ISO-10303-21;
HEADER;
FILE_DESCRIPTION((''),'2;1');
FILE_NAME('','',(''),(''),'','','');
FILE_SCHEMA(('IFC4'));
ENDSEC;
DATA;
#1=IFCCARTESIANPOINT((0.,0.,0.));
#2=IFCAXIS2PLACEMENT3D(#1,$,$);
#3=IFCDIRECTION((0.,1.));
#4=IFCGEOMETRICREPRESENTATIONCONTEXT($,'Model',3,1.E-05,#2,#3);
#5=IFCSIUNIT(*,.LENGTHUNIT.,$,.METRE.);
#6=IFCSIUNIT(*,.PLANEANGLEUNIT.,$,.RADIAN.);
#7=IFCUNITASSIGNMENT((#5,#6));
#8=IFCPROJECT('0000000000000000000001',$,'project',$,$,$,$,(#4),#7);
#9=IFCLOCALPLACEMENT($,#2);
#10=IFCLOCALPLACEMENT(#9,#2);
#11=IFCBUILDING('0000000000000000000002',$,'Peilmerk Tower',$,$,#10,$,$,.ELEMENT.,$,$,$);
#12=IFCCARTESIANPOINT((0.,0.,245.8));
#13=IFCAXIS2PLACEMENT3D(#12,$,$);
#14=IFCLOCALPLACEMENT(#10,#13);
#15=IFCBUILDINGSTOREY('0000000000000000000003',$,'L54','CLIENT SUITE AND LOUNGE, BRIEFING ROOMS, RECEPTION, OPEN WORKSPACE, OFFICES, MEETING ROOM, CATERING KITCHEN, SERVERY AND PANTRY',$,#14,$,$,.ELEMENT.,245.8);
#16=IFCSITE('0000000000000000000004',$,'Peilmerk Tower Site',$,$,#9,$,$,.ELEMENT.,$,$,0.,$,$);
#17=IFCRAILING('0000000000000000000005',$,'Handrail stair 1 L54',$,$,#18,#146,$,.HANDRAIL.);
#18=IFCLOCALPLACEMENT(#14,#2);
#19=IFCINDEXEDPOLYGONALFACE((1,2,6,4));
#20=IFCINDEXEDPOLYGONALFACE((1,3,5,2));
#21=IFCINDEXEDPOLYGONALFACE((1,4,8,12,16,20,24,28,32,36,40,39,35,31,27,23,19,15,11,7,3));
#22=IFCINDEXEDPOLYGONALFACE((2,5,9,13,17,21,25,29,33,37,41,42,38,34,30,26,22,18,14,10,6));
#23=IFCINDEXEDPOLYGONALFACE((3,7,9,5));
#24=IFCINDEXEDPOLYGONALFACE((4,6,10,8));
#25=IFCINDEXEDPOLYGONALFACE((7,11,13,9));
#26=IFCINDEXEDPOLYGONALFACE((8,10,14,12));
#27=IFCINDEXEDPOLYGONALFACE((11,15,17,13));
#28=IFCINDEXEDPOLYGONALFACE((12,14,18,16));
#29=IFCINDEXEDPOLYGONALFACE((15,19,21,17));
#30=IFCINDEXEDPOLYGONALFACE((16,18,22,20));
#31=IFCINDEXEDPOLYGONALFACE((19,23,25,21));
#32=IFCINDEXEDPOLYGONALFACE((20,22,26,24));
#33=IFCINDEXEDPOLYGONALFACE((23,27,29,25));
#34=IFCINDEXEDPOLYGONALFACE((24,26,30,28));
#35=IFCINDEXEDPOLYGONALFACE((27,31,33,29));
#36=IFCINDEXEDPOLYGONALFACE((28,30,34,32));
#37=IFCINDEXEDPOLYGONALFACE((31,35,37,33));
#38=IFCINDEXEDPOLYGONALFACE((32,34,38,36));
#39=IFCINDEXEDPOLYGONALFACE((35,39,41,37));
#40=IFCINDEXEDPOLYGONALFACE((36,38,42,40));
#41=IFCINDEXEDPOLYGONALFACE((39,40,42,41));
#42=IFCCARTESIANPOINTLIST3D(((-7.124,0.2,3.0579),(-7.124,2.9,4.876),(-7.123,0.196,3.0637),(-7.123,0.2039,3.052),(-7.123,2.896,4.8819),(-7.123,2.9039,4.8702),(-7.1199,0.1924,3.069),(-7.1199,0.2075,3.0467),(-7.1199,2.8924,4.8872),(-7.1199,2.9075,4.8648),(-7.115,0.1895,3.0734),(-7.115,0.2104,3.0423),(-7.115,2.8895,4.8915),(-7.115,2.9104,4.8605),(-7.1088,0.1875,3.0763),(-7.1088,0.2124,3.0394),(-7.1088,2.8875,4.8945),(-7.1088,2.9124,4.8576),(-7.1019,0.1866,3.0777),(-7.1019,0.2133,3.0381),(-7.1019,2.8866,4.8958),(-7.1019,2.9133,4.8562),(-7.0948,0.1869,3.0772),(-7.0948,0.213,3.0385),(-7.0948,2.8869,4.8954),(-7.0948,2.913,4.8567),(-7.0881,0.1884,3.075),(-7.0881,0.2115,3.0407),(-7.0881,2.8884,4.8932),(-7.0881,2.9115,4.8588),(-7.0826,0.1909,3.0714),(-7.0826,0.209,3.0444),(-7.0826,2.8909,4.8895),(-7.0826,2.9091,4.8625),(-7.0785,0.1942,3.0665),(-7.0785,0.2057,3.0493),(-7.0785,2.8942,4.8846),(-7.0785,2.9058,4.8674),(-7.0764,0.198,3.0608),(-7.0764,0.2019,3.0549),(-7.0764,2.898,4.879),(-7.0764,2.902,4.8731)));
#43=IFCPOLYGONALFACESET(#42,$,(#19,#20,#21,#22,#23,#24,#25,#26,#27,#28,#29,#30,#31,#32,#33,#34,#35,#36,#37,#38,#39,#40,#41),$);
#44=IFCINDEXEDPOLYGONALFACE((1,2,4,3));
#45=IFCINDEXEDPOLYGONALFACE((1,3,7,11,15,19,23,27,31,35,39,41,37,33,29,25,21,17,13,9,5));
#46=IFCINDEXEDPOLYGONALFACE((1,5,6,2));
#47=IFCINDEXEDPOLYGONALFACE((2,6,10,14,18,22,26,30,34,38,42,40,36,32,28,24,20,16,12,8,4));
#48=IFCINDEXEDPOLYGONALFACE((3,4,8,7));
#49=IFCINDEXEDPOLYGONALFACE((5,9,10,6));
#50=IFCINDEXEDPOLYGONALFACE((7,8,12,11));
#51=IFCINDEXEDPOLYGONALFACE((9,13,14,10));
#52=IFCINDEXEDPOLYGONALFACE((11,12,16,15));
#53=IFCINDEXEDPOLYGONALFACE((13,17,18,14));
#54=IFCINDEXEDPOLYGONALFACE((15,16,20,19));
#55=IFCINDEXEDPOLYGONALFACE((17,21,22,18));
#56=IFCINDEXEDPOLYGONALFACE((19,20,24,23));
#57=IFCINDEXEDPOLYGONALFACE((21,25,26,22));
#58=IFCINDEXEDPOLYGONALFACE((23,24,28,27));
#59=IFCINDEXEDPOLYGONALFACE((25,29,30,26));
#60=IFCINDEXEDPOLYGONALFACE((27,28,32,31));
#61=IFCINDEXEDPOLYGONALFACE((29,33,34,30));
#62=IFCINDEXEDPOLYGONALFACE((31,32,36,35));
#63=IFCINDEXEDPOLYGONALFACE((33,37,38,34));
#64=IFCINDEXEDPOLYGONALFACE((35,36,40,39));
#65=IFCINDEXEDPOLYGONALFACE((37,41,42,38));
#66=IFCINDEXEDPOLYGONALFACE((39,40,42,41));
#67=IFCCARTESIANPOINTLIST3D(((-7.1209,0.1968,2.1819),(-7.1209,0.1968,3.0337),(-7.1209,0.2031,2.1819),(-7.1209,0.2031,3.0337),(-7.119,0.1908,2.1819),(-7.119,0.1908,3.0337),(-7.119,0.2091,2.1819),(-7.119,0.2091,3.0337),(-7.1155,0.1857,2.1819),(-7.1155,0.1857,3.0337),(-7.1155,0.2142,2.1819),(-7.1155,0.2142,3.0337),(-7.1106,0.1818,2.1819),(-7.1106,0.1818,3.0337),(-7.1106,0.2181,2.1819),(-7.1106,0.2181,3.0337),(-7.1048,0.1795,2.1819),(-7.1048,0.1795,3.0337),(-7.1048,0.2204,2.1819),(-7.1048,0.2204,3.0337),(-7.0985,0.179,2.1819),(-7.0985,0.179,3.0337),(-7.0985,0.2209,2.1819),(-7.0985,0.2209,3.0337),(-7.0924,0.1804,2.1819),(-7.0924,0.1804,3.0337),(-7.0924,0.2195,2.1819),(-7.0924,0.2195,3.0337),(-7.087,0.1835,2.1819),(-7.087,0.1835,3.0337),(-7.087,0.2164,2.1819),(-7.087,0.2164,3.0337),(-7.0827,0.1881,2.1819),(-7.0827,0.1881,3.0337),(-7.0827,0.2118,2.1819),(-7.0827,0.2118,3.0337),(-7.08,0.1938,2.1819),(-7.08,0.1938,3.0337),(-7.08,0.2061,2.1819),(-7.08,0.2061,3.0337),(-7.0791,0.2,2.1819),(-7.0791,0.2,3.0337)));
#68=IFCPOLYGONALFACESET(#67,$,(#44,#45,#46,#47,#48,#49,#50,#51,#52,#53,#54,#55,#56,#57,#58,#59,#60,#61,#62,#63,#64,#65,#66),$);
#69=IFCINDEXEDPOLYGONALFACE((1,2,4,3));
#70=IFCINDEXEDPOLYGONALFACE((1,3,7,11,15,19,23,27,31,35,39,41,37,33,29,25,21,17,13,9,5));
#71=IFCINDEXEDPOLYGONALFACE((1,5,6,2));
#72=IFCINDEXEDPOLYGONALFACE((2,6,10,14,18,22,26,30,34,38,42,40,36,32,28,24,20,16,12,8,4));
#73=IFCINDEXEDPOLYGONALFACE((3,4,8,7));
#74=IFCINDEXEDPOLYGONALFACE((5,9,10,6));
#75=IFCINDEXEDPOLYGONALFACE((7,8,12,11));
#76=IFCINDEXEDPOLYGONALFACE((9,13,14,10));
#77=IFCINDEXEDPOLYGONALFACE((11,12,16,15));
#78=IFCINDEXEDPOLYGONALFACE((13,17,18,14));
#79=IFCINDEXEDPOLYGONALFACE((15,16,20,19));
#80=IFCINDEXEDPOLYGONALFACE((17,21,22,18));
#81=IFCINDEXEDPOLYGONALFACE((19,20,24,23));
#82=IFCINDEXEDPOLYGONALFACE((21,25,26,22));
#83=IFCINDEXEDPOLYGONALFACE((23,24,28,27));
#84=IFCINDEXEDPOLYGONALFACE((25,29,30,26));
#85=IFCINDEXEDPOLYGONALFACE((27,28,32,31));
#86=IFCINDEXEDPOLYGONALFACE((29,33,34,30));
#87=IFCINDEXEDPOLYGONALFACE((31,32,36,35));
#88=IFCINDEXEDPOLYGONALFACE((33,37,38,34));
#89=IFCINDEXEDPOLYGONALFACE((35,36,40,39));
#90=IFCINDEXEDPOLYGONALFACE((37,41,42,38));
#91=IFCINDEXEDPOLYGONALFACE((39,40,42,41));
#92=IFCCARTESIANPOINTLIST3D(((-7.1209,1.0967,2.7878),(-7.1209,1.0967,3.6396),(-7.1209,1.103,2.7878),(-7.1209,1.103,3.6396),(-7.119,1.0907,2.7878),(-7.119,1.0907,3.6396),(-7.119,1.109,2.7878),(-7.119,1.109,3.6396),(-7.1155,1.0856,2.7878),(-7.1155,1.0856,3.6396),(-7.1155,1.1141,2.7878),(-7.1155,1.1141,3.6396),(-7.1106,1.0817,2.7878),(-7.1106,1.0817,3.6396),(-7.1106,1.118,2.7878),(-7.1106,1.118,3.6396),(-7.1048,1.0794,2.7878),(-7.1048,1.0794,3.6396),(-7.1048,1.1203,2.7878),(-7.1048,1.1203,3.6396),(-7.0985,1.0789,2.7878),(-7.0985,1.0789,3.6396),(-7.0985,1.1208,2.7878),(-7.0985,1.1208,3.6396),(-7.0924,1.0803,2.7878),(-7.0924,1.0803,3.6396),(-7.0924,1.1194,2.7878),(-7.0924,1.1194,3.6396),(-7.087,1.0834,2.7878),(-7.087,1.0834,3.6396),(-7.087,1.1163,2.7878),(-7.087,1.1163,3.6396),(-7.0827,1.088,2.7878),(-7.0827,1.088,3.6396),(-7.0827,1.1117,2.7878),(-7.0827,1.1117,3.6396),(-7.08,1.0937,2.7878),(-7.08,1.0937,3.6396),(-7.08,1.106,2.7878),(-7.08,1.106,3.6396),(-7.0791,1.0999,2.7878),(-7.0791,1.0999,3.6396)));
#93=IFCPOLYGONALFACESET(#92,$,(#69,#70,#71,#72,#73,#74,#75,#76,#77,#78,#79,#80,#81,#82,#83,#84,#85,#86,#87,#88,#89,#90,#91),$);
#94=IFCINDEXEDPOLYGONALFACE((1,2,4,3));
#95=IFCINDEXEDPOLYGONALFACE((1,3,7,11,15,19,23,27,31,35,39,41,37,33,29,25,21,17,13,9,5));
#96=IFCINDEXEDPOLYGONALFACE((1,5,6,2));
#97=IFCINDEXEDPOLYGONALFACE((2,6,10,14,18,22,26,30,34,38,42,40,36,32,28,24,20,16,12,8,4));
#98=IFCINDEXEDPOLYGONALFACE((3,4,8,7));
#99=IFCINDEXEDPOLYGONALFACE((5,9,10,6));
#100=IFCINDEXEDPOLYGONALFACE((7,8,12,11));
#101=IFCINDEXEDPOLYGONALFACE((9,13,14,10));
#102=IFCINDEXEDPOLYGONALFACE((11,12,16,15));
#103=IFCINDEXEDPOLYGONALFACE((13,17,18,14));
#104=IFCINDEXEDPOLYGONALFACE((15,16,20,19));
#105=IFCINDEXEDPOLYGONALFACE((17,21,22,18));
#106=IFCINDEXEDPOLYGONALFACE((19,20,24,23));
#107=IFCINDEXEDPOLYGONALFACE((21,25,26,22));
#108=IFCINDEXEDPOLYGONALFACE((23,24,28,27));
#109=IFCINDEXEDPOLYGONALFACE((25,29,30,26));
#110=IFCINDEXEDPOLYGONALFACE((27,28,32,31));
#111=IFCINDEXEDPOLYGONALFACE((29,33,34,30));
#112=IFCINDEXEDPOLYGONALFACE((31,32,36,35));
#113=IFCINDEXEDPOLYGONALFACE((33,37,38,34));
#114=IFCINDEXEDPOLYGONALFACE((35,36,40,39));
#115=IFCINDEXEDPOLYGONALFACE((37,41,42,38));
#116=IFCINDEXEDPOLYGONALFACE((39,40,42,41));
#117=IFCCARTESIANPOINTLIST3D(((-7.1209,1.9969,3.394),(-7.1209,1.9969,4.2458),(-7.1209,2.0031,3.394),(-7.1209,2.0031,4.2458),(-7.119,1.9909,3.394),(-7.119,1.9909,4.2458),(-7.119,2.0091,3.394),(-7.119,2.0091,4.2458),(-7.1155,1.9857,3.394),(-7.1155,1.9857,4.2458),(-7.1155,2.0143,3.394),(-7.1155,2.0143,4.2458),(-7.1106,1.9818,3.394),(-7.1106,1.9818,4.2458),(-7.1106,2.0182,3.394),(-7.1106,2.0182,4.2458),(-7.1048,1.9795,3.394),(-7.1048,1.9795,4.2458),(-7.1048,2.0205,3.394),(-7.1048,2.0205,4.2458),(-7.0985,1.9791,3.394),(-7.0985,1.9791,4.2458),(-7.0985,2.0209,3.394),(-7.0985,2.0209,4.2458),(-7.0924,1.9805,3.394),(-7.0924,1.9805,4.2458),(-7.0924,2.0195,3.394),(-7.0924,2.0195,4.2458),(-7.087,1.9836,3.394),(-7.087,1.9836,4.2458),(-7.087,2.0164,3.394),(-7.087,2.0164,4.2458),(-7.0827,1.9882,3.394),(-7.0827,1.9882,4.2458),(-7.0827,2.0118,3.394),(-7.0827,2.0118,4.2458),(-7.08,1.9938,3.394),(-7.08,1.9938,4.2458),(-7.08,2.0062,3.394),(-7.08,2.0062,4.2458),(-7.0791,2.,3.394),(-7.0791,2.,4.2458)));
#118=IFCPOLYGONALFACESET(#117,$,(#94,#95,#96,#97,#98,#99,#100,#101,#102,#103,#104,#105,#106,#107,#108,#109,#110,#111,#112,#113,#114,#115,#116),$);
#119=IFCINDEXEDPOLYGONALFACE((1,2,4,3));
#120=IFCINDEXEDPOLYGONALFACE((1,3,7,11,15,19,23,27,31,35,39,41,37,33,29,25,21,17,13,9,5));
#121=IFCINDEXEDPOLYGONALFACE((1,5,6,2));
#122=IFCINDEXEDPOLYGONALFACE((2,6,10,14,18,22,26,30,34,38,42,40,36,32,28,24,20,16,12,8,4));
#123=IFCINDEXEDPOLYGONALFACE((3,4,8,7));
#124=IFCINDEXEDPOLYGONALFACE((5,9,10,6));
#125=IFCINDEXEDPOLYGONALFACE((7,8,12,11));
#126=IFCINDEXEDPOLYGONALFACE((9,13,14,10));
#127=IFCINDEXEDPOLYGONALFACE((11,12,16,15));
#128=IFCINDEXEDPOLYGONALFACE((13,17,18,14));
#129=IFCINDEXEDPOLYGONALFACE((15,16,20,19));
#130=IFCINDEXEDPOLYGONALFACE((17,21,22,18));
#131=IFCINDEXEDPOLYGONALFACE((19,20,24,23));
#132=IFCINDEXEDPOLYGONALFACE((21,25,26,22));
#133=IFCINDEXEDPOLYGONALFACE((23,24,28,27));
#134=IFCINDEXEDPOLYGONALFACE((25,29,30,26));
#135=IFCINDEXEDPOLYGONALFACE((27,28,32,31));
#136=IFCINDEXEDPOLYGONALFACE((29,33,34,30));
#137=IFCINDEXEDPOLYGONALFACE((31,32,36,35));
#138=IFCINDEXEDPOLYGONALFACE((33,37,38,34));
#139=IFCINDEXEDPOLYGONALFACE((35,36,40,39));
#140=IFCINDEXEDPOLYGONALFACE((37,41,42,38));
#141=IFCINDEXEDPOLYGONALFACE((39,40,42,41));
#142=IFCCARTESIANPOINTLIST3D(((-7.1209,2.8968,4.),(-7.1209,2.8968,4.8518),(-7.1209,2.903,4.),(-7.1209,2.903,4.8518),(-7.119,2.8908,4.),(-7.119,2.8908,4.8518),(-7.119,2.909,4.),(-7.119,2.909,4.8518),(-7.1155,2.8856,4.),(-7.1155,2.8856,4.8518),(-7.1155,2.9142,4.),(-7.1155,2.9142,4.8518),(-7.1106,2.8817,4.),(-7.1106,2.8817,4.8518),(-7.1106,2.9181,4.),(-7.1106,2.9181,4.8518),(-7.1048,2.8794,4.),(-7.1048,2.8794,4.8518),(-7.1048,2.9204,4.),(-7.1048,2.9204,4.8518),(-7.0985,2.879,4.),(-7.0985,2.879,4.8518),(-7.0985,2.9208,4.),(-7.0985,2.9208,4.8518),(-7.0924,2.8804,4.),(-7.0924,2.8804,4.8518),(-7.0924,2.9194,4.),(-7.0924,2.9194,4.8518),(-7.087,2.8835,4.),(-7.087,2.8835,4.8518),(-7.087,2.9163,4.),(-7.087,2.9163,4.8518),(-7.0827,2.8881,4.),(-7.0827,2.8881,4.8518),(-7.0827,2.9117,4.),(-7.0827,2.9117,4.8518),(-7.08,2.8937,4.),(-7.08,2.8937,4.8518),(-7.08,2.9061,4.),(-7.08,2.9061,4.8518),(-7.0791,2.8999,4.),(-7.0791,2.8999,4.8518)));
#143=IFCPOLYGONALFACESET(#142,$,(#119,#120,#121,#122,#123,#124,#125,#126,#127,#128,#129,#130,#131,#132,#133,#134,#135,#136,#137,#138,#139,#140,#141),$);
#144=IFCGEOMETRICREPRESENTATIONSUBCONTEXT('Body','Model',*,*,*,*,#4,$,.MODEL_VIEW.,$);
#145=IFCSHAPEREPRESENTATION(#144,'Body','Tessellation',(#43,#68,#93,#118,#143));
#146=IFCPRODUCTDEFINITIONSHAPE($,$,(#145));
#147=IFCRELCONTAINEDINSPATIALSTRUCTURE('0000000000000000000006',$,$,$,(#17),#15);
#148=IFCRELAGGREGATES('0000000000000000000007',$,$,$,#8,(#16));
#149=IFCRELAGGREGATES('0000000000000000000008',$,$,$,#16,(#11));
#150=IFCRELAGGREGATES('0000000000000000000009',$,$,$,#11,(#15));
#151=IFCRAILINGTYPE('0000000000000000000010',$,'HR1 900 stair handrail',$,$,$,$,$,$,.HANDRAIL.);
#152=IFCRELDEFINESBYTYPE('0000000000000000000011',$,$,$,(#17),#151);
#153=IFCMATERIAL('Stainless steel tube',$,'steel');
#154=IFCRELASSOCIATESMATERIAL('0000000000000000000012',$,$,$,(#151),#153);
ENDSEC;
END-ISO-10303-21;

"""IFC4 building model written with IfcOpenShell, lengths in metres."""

from ifc_helpers import new_model, si_unit, direction, frame, origin, origin_2d, place, context, subcontext, project, spatial, circle, extrude, material, type_object, element, save


model = new_model("IFC4")

# Units and contexts
model_context = context("Model", 3, precision=1e-05, world=origin(), true_north=direction((0.0, 1.0)))
body_context = subcontext(model_context, "Body", "Model", "MODEL_VIEW")
ifc_project = project(units=[si_unit("LENGTHUNIT", "METRE"), si_unit("PLANEANGLEUNIT", "RADIAN")], contexts=[model_context])

# Site, building, storey
site_placement = place(None, origin())
site = spatial("IfcSite", under=ifc_project, at=site_placement, Name="Peilmerk Tower Site", CompositionType="ELEMENT", RefElevation=0.0)
building_placement = place(site_placement, origin())
building = spatial("IfcBuilding", under=site, at=building_placement, Name="Peilmerk Tower", CompositionType="ELEMENT")
storey_placement = place(building_placement, frame((0.0, 0.0, 245.8)))
storey = spatial("IfcBuildingStorey", under=building, at=storey_placement, Name="L54", Description="CLIENT SUITE AND LOUNGE, BRIEFING ROOMS, RECEPTION, OPEN WORKSPACE, OFFICES, MEETING ROOM, CATERING KITCHEN, SERVERY AND PANTRY", CompositionType="ELEMENT", Elevation=245.8)

# Railing
ifc_material_1 = material(Name="Stainless steel tube", Category="steel")
railing_type_1 = type_object("IfcRailingType", Name="HR1 900 stair handrail", PredefinedType="HANDRAIL", material=ifc_material_1)
railing_1_placement = place(storey_placement, frame((-7.1001, 0.2, 2.1819)))
element("IfcRailing", 1, at=railing_1_placement, inside=storey, type_object=railing_type_1, Name="Handrail stair 1 L54", PredefinedType="HANDRAIL", context=body_context, shape_type="SweptSolid", body=[
    extrude(circle(Radius=0.0239, at=origin_2d()), frame((0.0, 0.0, 0.876), z_axis=(0.0, 0.829468, 0.558554), x_axis=(-1.0, 0.0, 0.0)), (0.0, 0.0, 1.0), 3.2551),
    extrude(circle(Radius=0.021, at=origin_2d()), origin(), (0.0, 0.0, 1.0), 0.8518),
    extrude(circle(Radius=0.021, at=origin_2d()), frame((0.0, 0.8999, 0.606)), (0.0, 0.0, 1.0), 0.8518),
    extrude(circle(Radius=0.021, at=origin_2d()), frame((0.0, 1.8, 1.2122)), (0.0, 0.0, 1.0), 0.8518),
    extrude(circle(Radius=0.021, at=origin_2d()), frame((0.0, 2.7, 1.8181)), (0.0, 0.0, 1.0), 0.8518),
])

save(model, "model.ifc")
